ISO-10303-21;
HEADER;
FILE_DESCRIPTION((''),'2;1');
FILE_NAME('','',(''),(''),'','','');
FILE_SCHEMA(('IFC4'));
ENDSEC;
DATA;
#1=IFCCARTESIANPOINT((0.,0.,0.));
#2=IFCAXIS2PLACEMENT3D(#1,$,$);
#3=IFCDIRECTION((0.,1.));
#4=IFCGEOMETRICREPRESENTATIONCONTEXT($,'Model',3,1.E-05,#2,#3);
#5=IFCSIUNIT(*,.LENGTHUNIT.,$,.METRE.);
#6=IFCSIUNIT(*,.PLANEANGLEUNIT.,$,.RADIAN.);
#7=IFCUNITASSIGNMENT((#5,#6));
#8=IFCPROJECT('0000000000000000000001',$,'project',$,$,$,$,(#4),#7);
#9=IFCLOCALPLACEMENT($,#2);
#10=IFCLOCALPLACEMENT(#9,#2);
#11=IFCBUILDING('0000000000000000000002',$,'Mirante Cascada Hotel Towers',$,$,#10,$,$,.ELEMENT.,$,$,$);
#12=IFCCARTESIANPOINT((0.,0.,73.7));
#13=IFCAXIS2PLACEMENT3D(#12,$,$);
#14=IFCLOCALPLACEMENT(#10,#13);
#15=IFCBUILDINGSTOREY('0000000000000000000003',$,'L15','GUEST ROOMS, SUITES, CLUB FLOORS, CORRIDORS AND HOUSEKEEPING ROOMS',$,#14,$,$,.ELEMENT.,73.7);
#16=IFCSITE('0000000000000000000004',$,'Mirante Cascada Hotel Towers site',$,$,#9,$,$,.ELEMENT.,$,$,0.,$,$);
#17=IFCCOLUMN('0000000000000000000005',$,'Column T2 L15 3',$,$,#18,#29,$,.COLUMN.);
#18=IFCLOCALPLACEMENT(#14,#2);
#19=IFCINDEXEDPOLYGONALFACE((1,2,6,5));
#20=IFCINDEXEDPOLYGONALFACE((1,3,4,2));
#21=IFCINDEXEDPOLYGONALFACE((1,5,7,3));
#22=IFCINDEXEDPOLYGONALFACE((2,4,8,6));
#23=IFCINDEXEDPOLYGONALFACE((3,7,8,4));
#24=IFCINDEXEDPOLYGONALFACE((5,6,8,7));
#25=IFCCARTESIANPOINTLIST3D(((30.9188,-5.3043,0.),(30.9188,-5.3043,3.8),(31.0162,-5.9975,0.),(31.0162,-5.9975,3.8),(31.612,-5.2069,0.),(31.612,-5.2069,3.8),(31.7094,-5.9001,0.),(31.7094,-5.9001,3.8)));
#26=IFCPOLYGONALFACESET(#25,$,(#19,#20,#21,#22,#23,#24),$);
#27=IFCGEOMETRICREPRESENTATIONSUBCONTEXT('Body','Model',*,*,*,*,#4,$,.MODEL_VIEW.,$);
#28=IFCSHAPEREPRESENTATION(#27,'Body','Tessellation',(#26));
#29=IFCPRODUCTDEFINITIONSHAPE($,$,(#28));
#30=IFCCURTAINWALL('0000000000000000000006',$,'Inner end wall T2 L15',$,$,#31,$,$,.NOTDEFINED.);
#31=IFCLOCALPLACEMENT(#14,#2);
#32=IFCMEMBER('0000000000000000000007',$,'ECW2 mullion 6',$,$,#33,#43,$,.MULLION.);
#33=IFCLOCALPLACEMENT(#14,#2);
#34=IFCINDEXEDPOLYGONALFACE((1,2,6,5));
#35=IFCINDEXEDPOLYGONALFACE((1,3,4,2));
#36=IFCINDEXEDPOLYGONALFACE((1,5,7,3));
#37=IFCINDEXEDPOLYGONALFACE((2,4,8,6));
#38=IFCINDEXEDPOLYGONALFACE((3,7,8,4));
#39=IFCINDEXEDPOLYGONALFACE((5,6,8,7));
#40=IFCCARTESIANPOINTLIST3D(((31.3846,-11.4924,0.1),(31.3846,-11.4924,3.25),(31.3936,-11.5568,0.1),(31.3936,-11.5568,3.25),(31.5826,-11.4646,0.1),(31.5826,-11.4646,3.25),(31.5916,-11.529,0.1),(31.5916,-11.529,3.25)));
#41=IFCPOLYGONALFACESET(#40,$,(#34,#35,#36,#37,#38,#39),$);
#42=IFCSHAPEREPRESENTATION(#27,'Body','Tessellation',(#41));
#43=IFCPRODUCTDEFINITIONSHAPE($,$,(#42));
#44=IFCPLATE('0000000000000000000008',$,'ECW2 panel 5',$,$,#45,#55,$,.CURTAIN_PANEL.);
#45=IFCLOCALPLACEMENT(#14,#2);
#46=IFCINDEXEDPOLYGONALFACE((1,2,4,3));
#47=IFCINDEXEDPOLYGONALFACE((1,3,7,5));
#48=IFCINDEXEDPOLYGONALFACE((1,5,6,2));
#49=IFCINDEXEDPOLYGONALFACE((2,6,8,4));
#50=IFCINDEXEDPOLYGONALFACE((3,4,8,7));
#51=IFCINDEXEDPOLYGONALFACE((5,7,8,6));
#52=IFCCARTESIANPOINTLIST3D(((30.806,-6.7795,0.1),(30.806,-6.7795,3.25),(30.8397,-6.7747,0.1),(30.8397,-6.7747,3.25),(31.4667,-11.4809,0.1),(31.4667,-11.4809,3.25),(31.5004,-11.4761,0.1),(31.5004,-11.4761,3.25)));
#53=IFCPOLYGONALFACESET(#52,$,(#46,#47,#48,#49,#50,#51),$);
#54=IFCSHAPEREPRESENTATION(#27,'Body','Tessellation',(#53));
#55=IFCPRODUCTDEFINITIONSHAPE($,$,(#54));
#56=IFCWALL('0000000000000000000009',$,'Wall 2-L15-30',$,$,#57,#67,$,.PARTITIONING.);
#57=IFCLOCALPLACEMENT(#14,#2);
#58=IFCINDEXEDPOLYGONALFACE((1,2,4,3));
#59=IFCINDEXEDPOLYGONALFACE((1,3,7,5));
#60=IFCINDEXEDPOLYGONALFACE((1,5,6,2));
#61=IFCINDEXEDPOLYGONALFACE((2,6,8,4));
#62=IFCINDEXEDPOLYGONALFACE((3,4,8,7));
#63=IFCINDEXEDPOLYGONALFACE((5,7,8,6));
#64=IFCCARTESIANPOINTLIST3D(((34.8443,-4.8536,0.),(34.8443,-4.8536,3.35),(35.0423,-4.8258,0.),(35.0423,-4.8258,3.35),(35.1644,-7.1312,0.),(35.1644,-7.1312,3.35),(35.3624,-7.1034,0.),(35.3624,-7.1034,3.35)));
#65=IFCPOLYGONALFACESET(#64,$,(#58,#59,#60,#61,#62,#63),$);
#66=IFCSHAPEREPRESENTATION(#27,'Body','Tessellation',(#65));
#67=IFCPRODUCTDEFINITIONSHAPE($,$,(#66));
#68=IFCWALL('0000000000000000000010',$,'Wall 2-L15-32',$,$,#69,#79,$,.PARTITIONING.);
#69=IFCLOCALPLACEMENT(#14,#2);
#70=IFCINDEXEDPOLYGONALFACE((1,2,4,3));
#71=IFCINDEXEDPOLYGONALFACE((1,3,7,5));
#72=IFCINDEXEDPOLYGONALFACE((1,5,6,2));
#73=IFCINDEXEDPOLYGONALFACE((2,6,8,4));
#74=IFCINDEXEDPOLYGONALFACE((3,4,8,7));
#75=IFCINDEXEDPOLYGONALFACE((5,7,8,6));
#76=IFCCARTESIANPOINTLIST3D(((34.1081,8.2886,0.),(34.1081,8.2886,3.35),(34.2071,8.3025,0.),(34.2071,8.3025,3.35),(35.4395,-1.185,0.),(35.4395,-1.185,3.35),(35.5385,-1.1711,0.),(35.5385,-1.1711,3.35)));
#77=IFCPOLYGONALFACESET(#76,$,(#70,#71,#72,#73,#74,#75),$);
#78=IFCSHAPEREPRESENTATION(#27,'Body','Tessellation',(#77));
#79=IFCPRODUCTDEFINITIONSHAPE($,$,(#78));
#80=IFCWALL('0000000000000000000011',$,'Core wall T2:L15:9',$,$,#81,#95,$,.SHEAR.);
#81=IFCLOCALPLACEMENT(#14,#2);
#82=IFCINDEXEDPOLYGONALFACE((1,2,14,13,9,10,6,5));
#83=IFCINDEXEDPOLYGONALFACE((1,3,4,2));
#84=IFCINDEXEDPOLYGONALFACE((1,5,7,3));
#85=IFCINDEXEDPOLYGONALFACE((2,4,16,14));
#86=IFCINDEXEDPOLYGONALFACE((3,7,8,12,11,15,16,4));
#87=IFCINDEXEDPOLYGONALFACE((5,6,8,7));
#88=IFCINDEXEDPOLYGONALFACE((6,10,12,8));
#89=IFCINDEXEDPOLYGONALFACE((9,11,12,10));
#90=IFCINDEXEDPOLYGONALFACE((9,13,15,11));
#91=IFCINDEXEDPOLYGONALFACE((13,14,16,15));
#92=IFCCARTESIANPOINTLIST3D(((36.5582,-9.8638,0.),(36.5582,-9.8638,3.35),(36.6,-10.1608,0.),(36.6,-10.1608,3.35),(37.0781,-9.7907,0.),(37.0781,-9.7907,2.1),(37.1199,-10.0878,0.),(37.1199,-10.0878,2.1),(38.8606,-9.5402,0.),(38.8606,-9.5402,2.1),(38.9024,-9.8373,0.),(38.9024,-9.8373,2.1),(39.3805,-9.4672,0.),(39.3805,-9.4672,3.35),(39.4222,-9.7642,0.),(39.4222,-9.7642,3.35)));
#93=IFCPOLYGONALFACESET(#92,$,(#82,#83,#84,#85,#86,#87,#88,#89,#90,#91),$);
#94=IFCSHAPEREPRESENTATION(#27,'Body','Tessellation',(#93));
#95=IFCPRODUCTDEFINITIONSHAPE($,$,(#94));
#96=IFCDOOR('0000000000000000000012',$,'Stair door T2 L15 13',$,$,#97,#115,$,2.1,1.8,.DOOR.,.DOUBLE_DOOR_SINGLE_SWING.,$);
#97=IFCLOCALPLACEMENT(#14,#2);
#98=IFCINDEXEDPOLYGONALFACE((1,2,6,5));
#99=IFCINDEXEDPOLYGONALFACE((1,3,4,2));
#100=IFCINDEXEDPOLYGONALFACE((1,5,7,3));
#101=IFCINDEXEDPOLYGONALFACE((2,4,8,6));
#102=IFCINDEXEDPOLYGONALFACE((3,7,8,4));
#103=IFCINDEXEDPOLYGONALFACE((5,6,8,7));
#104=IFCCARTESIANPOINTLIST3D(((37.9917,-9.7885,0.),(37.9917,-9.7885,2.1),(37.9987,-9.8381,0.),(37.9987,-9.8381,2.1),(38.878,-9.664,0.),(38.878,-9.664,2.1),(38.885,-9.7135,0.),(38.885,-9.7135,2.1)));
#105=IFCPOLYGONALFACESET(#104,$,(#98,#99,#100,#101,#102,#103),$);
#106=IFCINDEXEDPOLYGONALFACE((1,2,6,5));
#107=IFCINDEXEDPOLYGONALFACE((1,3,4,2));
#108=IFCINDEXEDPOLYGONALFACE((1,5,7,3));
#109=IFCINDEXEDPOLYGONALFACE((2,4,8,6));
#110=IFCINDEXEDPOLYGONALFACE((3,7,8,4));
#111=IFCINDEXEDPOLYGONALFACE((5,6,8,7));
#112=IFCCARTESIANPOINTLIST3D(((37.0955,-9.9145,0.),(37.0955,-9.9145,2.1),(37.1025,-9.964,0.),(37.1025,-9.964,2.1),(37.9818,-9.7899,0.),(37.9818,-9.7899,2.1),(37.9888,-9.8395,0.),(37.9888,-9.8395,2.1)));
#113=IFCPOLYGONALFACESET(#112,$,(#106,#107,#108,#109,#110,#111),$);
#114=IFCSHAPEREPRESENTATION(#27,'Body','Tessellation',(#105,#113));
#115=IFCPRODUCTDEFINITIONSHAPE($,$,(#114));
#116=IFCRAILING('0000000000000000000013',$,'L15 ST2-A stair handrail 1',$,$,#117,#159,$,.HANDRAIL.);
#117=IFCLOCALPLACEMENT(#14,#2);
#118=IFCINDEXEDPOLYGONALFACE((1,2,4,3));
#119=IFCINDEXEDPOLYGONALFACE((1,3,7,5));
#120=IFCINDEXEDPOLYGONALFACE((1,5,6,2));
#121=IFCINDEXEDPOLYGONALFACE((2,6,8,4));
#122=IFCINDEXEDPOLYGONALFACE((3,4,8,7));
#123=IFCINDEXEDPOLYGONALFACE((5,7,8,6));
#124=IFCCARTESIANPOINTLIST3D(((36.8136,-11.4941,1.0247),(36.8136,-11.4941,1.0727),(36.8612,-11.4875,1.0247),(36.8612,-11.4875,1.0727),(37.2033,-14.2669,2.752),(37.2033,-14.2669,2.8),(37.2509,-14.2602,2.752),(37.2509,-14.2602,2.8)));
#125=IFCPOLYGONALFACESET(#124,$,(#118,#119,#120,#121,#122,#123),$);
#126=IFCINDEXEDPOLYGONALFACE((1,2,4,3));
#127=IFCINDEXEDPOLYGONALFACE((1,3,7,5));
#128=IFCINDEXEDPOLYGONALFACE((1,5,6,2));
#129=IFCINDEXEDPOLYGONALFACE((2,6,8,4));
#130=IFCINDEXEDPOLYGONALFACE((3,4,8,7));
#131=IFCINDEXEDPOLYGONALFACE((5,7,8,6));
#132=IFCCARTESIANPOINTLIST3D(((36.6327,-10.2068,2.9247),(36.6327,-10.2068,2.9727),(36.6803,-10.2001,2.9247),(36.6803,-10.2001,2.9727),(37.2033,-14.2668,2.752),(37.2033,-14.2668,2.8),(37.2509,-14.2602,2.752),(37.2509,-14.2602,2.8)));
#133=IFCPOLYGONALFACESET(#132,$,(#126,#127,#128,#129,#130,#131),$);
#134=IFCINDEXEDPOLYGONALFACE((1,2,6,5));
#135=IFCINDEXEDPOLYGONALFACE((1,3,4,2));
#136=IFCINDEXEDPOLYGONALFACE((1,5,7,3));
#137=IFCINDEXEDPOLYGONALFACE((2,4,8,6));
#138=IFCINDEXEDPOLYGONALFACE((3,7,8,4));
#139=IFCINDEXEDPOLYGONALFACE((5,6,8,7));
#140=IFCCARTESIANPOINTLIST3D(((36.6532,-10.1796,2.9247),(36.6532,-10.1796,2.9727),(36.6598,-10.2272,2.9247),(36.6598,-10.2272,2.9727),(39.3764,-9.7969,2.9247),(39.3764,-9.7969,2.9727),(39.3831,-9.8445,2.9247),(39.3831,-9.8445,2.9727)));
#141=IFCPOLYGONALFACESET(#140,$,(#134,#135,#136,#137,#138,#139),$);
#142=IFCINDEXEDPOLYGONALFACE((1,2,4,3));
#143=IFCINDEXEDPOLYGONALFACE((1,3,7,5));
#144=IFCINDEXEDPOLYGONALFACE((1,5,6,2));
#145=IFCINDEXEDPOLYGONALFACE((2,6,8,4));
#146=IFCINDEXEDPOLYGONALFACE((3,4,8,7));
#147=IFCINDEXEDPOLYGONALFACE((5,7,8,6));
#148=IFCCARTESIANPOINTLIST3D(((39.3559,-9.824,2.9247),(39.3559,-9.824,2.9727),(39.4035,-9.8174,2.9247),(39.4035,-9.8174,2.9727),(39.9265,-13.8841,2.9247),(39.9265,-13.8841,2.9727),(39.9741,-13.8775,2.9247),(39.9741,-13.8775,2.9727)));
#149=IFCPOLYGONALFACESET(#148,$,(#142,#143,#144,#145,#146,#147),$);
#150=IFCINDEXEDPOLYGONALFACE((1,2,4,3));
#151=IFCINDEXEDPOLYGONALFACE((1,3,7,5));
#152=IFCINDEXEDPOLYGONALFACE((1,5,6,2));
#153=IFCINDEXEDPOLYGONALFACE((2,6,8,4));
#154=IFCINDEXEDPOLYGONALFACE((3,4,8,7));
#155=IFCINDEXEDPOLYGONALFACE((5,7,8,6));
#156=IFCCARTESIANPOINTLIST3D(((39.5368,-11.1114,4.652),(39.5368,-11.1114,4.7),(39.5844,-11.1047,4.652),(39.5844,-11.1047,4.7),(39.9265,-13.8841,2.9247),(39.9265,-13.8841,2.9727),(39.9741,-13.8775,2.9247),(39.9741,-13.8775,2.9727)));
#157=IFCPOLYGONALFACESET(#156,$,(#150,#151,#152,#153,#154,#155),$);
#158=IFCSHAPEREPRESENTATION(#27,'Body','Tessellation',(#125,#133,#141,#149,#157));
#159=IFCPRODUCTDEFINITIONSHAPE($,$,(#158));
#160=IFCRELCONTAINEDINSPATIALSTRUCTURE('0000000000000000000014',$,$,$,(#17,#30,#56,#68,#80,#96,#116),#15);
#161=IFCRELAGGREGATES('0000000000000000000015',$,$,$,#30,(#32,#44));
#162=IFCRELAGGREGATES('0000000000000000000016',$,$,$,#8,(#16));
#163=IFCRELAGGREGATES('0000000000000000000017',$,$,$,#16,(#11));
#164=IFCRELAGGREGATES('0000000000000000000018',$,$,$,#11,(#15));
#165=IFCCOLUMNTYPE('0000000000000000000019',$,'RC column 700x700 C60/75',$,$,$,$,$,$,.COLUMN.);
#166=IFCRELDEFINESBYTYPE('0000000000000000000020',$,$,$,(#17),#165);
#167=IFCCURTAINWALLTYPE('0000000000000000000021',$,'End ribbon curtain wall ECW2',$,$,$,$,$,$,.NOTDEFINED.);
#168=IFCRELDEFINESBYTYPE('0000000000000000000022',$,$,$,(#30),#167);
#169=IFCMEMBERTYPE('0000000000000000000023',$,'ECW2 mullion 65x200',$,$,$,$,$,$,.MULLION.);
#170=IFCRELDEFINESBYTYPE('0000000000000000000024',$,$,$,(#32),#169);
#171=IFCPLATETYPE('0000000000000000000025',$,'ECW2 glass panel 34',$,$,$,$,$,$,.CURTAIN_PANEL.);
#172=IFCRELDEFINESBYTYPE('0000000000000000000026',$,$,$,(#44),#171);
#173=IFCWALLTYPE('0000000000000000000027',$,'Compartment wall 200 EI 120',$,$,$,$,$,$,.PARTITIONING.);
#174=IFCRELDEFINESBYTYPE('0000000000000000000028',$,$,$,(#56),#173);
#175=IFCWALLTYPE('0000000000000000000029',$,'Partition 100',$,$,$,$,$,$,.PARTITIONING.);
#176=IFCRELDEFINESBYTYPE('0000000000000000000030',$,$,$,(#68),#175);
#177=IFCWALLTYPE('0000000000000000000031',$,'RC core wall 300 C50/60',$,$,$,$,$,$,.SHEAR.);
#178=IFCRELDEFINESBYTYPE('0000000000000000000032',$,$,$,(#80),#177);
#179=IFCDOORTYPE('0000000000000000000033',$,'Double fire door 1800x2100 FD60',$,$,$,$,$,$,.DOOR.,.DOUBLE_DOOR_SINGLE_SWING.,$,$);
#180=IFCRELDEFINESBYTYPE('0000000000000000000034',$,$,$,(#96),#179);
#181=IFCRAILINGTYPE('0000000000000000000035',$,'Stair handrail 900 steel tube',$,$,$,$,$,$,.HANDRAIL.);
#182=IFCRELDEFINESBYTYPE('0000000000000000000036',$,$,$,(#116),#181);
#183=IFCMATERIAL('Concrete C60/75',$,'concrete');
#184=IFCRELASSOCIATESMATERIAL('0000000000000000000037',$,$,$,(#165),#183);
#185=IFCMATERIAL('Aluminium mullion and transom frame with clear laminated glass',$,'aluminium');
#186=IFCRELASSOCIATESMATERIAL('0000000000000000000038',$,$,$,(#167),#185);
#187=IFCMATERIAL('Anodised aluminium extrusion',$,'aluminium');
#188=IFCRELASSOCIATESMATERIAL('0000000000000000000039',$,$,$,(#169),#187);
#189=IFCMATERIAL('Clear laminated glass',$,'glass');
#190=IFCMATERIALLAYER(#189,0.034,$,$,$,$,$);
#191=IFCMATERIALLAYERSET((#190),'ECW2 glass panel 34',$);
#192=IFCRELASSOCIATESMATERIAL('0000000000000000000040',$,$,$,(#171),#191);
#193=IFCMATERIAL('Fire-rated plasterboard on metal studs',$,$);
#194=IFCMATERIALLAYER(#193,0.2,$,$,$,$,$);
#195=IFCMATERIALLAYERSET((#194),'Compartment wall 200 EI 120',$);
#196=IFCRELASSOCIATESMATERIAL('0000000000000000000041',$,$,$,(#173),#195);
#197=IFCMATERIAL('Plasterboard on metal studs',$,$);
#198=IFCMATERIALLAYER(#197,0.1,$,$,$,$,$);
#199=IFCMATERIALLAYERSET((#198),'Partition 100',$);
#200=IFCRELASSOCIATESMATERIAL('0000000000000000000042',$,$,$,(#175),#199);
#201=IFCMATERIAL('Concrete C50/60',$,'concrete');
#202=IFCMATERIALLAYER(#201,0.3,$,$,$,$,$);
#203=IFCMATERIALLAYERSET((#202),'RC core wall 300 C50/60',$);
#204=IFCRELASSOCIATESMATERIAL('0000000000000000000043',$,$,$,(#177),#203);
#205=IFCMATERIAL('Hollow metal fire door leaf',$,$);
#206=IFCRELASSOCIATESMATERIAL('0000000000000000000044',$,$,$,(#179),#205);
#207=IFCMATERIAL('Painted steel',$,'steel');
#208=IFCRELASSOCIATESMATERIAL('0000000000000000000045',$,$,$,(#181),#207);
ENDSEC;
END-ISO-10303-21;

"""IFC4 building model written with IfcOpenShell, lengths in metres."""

from ifc_helpers import new_model, si_unit, direction, frame, frame_2d, origin, origin_2d, place, context, subcontext, project, spatial, rectangle, extrude, material, layer, layer_set, material_profile, profile_set, type_object, element, fill, aggregate, save


model = new_model("IFC4")

# Units and contexts
model_context = context("Model", 3, precision=1e-05, world=origin(), true_north=direction((0.0, 1.0)))
body_context = subcontext(model_context, "Body", "Model", "MODEL_VIEW")
ifc_project = project(units=[si_unit("LENGTHUNIT", "METRE"), si_unit("PLANEANGLEUNIT", "RADIAN")], contexts=[model_context])

# Site, building, storey
site_placement = place(None, origin())
site = spatial("IfcSite", under=ifc_project, at=site_placement, Name="Mirante Cascada Hotel Towers site", CompositionType="ELEMENT", RefElevation=0.0)
building_placement = place(site_placement, origin())
building = spatial("IfcBuilding", under=site, at=building_placement, Name="Mirante Cascada Hotel Towers", CompositionType="ELEMENT")
storey_placement = place(building_placement, frame((0.0, 0.0, 73.7)))
storey = spatial("IfcBuildingStorey", under=building, at=storey_placement, Name="L15", Description="GUEST ROOMS, SUITES, CLUB FLOORS, CORRIDORS AND HOUSEKEEPING ROOMS", CompositionType="ELEMENT", Elevation=73.7)

# Column
ifc_material_1 = material(Name="Concrete C60/75", Category="concrete")
ifc_material_profile_1 = material_profile(ifc_material_1, rectangle(XDim=0.7, YDim=0.7, at=origin_2d()), Name="RC column 700x700 C60/75")
ifc_profile_set_1 = profile_set([ifc_material_profile_1], Name="Concrete C60/75")
column_type = type_object("IfcColumnType", Name="RC column 700x700 C60/75", PredefinedType="COLUMN", material=ifc_profile_set_1)
column_placement = place(storey_placement, frame((31.3141, -5.6022, 0.0), z_axis=(0.0, 0.0, 1.0), x_axis=(0.990268, 0.139173, 0.0)))
element("IfcColumn", 1, at=column_placement, inside=storey, type_object=column_type, Name="Column T2 L15 3", PredefinedType="COLUMN", context=body_context, shape_type="SweptSolid", body=[
    extrude(rectangle(XDim=0.7, YDim=0.7, at=origin_2d()), origin(), (0.0, 0.0, 1.0), 3.8),
])

# Curtain wall, member, plate
ifc_material_2 = material(Name="Aluminium mullion and transom frame with clear laminated glass", Category="aluminium")
curtain_wall_type = type_object("IfcCurtainWallType", Name="End ribbon curtain wall ECW2", PredefinedType="NOTDEFINED", material=ifc_material_2)
curtain_wall_placement = place(storey_placement, origin())
curtain_wall = element("IfcCurtainWall", 2, at=curtain_wall_placement, inside=storey, type_object=curtain_wall_type, Name="Inner end wall T2 L15", PredefinedType="NOTDEFINED")
ifc_material_3 = material(Name="Anodised aluminium extrusion", Category="aluminium")
ifc_material_profile_2 = material_profile(ifc_material_3, rectangle(XDim=0.2, YDim=0.065, at=origin_2d()), Name="ECW2 MULLION 65x200")
ifc_profile_set_2 = profile_set([ifc_material_profile_2], Name="Anodised aluminium extrusion")
member_type = type_object("IfcMemberType", Name="ECW2 mullion 65x200", PredefinedType="MULLION", material=ifc_profile_set_2)
member_placement = place(storey_placement, frame((31.4881, -11.5107, 0.1), z_axis=(0.0, 0.0, 1.0), x_axis=(0.990268, 0.139173, 0.0)))
member = element("IfcMember", 3, at=member_placement, type_object=member_type, Name="ECW2 mullion 6", PredefinedType="MULLION", context=body_context, shape_type="SweptSolid", body=[
    extrude(rectangle(XDim=0.2, YDim=0.065, at=origin_2d()), origin(), (0.0, 0.0, 1.0), 3.15),
])
ifc_material_4 = material(Name="Clear laminated glass", Category="glass")
ifc_layer_1 = layer(ifc_material_4, 0.034)
ifc_layer_set_1 = layer_set([ifc_layer_1], Name="ECW2 glass panel 34")
plate_type = type_object("IfcPlateType", Name="ECW2 glass panel 34", PredefinedType="CURTAIN_PANEL", material=ifc_layer_set_1)
plate_placement = place(storey_placement, frame((31.1532, -9.1278, 0.1), z_axis=(0.0, 0.0, 1.0), x_axis=(0.139173, -0.990268, 0.0)))
plate = element("IfcPlate", 4, at=plate_placement, type_object=plate_type, Name="ECW2 panel 5", PredefinedType="CURTAIN_PANEL", context=body_context, shape_type="SweptSolid", body=[
    extrude(rectangle(XDim=4.7476, YDim=0.034, at=origin_2d()), origin(), (0.0, 0.0, 1.0), 3.15),
])
aggregate(curtain_wall, [member, plate])

# Walls
ifc_material_5 = material(Name="Fire-rated plasterboard on metal studs")
ifc_layer_2 = layer(ifc_material_5, 0.2)
ifc_layer_set_2 = layer_set([ifc_layer_2], Name="Compartment wall 200 EI 120")
wall_type_1 = type_object("IfcWallType", Name="Compartment wall 200 EI 120", PredefinedType="PARTITIONING", material=ifc_layer_set_2)
wall_1_placement = place(storey_placement, frame((35.2634, -7.1173, 0.0), z_axis=(0.0, 0.0, 1.0), x_axis=(-0.139175, 0.990268, 0.0)))
element("IfcWall", 5, at=wall_1_placement, inside=storey, type_object=wall_type_1, Name="Wall 2-L15-30", PredefinedType="PARTITIONING", context=body_context, shape_type="SweptSolid", body=[
    extrude(rectangle(XDim=2.3, YDim=0.2, at=frame_2d((1.15, 0.0))), origin(), (0.0, 0.0, 1.0), 3.35),
])
ifc_material_6 = material(Name="Plasterboard on metal studs")
ifc_layer_3 = layer(ifc_material_6, 0.1)
ifc_layer_set_3 = layer_set([ifc_layer_3], Name="Partition 100")
wall_type_2 = type_object("IfcWallType", Name="Partition 100", PredefinedType="PARTITIONING", material=ifc_layer_set_3)
wall_2_placement = place(storey_placement, frame((35.489, -1.1781, 0.0), z_axis=(0.0, 0.0, 1.0), x_axis=(-0.13917, 0.990268, 0.0)))
element("IfcWall", 6, at=wall_2_placement, inside=storey, type_object=wall_type_2, Name="Wall 2-L15-32", PredefinedType="PARTITIONING", context=body_context, shape_type="SweptSolid", body=[
    extrude(rectangle(XDim=9.5667, YDim=0.1, at=frame_2d((4.7834, 0.0))), origin(), (0.0, 0.0, 1.0), 3.35),
])

# Wall, opening, door
ifc_material_7 = material(Name="Concrete C50/60", Category="concrete")
ifc_layer_4 = layer(ifc_material_7, 0.3)
ifc_layer_set_4 = layer_set([ifc_layer_4], Name="RC core wall 300 C50/60")
wall_type_3 = type_object("IfcWallType", Name="RC core wall 300 C50/60", PredefinedType="SHEAR", material=ifc_layer_set_4)
wall_3_placement = place(storey_placement, frame((36.5791, -10.0123, 0.0), z_axis=(0.0, 0.0, 1.0), x_axis=(0.99027, 0.139156, 0.0)))
wall_3 = element("IfcWall", 7, at=wall_3_placement, inside=storey, type_object=wall_type_3, Name="Core wall T2:L15:9", PredefinedType="SHEAR", context=body_context, shape_type="SweptSolid", body=[
    extrude(rectangle(XDim=2.85, YDim=0.3, at=frame_2d((1.425, 0.0))), origin(), (0.0, 0.0, 1.0), 3.35),
])
opening_1_placement = place(wall_3_placement, frame((0.525, 0.0, 0.0)))
opening_1 = element("IfcOpeningElement", 8, at=opening_1_placement, cuts=wall_3, PredefinedType="OPENING", context=body_context, shape_type="SweptSolid", body=[
    extrude(rectangle(XDim=1.8, YDim=2.1, at=frame_2d((0.9, 1.05))), frame((0.0, 0.15, 0.0), z_axis=(0.0, -1.0, 0.0), x_axis=(1.0, 0.0, 0.0)), (0.0, 0.0, 1.0), 0.3),
])
ifc_material_8 = material(Name="Hollow metal fire door leaf")
door_type_1 = type_object("IfcDoorType", Name="Double fire door 1800x2100 FD60", OperationType="DOUBLE_DOOR_SINGLE_SWING", PredefinedType="DOOR", material=ifc_material_8)
door_1_placement = place(opening_1_placement, frame((1.8, 0.0, 0.0), z_axis=(0.0, 0.0, 1.0), x_axis=(-1.0, 0.0, 0.0)))
door_1 = element("IfcDoor", 9, at=door_1_placement, inside=storey, type_object=door_type_1, Name="Stair door T2 L15 13", OperationType="DOUBLE_DOOR_SINGLE_SWING", OverallHeight=2.1, OverallWidth=1.8, PredefinedType="DOOR", context=body_context, shape_type="SweptSolid", body=[
    extrude(rectangle(XDim=0.895, YDim=2.1, at=frame_2d((0.4475, 1.05))), frame((0.0, 0.025, 0.0), z_axis=(0.0, -1.0, 0.0), x_axis=(1.0, 0.0, 0.0)), (0.0, 0.0, 1.0), 0.05),
    extrude(rectangle(XDim=0.895, YDim=2.1, at=frame_2d((1.3525, 1.05))), frame((0.0, 0.025, 0.0), z_axis=(0.0, -1.0, 0.0), x_axis=(1.0, 0.0, 0.0)), (0.0, 0.0, 1.0), 0.05),
])
fill(opening_1, door_1)

# Railing
ifc_material_9 = material(Name="Painted steel", Category="steel")
railing_type = type_object("IfcRailingType", Name="Stair handrail 900 steel tube", PredefinedType="HANDRAIL", material=ifc_material_9)
railing_placement = place(storey_placement, frame((36.8374, -11.4908, 0.1727)))
element("IfcRailing", 10, at=railing_placement, inside=storey, type_object=railing_type, Name="L15 ST2-A stair handrail 1", PredefinedType="HANDRAIL", context=body_context, shape_type="SweptSolid", body=[
    extrude(rectangle(XDim=0.048, YDim=0.048, at=origin_2d()), frame((0.0, 0.0, 0.876), z_axis=(0.139181, -0.990267, 0.0), x_axis=(0.990267, 0.139181, 0.0)), (0.0, 0.525035, 0.851081), 3.2899),
    extrude(rectangle(XDim=0.048, YDim=0.048, at=origin_2d()), frame((0.3897, -2.7727, 2.6033), z_axis=(-0.139171, 0.990268, 0.0), x_axis=(-0.990268, -0.139171, 0.0)), (0.0, 0.042085, 0.999114), 4.1036),
    extrude(rectangle(XDim=0.048, YDim=0.048, at=origin_2d()), frame((-0.1809, 1.2874, 2.776), z_axis=(0.990269, 0.139166, 0.0), x_axis=(-0.139166, 0.990269, 0.0)), (0.0, 0.0, 1.0), 2.75),
    extrude(rectangle(XDim=0.048, YDim=0.048, at=origin_2d()), frame((2.5423, 1.6701, 2.776), z_axis=(0.139171, -0.990268, 0.0), x_axis=(0.990268, 0.139171, 0.0)), (0.0, 0.0, 1.0), 4.1),
    extrude(rectangle(XDim=0.048, YDim=0.048, at=origin_2d()), frame((3.1129, -2.39, 2.776), z_axis=(-0.139181, 0.990267, 0.0), x_axis=(-0.990267, -0.139181, 0.0)), (0.0, 0.525035, 0.851081), 3.2899),
])

save(model, "model.ifc")
